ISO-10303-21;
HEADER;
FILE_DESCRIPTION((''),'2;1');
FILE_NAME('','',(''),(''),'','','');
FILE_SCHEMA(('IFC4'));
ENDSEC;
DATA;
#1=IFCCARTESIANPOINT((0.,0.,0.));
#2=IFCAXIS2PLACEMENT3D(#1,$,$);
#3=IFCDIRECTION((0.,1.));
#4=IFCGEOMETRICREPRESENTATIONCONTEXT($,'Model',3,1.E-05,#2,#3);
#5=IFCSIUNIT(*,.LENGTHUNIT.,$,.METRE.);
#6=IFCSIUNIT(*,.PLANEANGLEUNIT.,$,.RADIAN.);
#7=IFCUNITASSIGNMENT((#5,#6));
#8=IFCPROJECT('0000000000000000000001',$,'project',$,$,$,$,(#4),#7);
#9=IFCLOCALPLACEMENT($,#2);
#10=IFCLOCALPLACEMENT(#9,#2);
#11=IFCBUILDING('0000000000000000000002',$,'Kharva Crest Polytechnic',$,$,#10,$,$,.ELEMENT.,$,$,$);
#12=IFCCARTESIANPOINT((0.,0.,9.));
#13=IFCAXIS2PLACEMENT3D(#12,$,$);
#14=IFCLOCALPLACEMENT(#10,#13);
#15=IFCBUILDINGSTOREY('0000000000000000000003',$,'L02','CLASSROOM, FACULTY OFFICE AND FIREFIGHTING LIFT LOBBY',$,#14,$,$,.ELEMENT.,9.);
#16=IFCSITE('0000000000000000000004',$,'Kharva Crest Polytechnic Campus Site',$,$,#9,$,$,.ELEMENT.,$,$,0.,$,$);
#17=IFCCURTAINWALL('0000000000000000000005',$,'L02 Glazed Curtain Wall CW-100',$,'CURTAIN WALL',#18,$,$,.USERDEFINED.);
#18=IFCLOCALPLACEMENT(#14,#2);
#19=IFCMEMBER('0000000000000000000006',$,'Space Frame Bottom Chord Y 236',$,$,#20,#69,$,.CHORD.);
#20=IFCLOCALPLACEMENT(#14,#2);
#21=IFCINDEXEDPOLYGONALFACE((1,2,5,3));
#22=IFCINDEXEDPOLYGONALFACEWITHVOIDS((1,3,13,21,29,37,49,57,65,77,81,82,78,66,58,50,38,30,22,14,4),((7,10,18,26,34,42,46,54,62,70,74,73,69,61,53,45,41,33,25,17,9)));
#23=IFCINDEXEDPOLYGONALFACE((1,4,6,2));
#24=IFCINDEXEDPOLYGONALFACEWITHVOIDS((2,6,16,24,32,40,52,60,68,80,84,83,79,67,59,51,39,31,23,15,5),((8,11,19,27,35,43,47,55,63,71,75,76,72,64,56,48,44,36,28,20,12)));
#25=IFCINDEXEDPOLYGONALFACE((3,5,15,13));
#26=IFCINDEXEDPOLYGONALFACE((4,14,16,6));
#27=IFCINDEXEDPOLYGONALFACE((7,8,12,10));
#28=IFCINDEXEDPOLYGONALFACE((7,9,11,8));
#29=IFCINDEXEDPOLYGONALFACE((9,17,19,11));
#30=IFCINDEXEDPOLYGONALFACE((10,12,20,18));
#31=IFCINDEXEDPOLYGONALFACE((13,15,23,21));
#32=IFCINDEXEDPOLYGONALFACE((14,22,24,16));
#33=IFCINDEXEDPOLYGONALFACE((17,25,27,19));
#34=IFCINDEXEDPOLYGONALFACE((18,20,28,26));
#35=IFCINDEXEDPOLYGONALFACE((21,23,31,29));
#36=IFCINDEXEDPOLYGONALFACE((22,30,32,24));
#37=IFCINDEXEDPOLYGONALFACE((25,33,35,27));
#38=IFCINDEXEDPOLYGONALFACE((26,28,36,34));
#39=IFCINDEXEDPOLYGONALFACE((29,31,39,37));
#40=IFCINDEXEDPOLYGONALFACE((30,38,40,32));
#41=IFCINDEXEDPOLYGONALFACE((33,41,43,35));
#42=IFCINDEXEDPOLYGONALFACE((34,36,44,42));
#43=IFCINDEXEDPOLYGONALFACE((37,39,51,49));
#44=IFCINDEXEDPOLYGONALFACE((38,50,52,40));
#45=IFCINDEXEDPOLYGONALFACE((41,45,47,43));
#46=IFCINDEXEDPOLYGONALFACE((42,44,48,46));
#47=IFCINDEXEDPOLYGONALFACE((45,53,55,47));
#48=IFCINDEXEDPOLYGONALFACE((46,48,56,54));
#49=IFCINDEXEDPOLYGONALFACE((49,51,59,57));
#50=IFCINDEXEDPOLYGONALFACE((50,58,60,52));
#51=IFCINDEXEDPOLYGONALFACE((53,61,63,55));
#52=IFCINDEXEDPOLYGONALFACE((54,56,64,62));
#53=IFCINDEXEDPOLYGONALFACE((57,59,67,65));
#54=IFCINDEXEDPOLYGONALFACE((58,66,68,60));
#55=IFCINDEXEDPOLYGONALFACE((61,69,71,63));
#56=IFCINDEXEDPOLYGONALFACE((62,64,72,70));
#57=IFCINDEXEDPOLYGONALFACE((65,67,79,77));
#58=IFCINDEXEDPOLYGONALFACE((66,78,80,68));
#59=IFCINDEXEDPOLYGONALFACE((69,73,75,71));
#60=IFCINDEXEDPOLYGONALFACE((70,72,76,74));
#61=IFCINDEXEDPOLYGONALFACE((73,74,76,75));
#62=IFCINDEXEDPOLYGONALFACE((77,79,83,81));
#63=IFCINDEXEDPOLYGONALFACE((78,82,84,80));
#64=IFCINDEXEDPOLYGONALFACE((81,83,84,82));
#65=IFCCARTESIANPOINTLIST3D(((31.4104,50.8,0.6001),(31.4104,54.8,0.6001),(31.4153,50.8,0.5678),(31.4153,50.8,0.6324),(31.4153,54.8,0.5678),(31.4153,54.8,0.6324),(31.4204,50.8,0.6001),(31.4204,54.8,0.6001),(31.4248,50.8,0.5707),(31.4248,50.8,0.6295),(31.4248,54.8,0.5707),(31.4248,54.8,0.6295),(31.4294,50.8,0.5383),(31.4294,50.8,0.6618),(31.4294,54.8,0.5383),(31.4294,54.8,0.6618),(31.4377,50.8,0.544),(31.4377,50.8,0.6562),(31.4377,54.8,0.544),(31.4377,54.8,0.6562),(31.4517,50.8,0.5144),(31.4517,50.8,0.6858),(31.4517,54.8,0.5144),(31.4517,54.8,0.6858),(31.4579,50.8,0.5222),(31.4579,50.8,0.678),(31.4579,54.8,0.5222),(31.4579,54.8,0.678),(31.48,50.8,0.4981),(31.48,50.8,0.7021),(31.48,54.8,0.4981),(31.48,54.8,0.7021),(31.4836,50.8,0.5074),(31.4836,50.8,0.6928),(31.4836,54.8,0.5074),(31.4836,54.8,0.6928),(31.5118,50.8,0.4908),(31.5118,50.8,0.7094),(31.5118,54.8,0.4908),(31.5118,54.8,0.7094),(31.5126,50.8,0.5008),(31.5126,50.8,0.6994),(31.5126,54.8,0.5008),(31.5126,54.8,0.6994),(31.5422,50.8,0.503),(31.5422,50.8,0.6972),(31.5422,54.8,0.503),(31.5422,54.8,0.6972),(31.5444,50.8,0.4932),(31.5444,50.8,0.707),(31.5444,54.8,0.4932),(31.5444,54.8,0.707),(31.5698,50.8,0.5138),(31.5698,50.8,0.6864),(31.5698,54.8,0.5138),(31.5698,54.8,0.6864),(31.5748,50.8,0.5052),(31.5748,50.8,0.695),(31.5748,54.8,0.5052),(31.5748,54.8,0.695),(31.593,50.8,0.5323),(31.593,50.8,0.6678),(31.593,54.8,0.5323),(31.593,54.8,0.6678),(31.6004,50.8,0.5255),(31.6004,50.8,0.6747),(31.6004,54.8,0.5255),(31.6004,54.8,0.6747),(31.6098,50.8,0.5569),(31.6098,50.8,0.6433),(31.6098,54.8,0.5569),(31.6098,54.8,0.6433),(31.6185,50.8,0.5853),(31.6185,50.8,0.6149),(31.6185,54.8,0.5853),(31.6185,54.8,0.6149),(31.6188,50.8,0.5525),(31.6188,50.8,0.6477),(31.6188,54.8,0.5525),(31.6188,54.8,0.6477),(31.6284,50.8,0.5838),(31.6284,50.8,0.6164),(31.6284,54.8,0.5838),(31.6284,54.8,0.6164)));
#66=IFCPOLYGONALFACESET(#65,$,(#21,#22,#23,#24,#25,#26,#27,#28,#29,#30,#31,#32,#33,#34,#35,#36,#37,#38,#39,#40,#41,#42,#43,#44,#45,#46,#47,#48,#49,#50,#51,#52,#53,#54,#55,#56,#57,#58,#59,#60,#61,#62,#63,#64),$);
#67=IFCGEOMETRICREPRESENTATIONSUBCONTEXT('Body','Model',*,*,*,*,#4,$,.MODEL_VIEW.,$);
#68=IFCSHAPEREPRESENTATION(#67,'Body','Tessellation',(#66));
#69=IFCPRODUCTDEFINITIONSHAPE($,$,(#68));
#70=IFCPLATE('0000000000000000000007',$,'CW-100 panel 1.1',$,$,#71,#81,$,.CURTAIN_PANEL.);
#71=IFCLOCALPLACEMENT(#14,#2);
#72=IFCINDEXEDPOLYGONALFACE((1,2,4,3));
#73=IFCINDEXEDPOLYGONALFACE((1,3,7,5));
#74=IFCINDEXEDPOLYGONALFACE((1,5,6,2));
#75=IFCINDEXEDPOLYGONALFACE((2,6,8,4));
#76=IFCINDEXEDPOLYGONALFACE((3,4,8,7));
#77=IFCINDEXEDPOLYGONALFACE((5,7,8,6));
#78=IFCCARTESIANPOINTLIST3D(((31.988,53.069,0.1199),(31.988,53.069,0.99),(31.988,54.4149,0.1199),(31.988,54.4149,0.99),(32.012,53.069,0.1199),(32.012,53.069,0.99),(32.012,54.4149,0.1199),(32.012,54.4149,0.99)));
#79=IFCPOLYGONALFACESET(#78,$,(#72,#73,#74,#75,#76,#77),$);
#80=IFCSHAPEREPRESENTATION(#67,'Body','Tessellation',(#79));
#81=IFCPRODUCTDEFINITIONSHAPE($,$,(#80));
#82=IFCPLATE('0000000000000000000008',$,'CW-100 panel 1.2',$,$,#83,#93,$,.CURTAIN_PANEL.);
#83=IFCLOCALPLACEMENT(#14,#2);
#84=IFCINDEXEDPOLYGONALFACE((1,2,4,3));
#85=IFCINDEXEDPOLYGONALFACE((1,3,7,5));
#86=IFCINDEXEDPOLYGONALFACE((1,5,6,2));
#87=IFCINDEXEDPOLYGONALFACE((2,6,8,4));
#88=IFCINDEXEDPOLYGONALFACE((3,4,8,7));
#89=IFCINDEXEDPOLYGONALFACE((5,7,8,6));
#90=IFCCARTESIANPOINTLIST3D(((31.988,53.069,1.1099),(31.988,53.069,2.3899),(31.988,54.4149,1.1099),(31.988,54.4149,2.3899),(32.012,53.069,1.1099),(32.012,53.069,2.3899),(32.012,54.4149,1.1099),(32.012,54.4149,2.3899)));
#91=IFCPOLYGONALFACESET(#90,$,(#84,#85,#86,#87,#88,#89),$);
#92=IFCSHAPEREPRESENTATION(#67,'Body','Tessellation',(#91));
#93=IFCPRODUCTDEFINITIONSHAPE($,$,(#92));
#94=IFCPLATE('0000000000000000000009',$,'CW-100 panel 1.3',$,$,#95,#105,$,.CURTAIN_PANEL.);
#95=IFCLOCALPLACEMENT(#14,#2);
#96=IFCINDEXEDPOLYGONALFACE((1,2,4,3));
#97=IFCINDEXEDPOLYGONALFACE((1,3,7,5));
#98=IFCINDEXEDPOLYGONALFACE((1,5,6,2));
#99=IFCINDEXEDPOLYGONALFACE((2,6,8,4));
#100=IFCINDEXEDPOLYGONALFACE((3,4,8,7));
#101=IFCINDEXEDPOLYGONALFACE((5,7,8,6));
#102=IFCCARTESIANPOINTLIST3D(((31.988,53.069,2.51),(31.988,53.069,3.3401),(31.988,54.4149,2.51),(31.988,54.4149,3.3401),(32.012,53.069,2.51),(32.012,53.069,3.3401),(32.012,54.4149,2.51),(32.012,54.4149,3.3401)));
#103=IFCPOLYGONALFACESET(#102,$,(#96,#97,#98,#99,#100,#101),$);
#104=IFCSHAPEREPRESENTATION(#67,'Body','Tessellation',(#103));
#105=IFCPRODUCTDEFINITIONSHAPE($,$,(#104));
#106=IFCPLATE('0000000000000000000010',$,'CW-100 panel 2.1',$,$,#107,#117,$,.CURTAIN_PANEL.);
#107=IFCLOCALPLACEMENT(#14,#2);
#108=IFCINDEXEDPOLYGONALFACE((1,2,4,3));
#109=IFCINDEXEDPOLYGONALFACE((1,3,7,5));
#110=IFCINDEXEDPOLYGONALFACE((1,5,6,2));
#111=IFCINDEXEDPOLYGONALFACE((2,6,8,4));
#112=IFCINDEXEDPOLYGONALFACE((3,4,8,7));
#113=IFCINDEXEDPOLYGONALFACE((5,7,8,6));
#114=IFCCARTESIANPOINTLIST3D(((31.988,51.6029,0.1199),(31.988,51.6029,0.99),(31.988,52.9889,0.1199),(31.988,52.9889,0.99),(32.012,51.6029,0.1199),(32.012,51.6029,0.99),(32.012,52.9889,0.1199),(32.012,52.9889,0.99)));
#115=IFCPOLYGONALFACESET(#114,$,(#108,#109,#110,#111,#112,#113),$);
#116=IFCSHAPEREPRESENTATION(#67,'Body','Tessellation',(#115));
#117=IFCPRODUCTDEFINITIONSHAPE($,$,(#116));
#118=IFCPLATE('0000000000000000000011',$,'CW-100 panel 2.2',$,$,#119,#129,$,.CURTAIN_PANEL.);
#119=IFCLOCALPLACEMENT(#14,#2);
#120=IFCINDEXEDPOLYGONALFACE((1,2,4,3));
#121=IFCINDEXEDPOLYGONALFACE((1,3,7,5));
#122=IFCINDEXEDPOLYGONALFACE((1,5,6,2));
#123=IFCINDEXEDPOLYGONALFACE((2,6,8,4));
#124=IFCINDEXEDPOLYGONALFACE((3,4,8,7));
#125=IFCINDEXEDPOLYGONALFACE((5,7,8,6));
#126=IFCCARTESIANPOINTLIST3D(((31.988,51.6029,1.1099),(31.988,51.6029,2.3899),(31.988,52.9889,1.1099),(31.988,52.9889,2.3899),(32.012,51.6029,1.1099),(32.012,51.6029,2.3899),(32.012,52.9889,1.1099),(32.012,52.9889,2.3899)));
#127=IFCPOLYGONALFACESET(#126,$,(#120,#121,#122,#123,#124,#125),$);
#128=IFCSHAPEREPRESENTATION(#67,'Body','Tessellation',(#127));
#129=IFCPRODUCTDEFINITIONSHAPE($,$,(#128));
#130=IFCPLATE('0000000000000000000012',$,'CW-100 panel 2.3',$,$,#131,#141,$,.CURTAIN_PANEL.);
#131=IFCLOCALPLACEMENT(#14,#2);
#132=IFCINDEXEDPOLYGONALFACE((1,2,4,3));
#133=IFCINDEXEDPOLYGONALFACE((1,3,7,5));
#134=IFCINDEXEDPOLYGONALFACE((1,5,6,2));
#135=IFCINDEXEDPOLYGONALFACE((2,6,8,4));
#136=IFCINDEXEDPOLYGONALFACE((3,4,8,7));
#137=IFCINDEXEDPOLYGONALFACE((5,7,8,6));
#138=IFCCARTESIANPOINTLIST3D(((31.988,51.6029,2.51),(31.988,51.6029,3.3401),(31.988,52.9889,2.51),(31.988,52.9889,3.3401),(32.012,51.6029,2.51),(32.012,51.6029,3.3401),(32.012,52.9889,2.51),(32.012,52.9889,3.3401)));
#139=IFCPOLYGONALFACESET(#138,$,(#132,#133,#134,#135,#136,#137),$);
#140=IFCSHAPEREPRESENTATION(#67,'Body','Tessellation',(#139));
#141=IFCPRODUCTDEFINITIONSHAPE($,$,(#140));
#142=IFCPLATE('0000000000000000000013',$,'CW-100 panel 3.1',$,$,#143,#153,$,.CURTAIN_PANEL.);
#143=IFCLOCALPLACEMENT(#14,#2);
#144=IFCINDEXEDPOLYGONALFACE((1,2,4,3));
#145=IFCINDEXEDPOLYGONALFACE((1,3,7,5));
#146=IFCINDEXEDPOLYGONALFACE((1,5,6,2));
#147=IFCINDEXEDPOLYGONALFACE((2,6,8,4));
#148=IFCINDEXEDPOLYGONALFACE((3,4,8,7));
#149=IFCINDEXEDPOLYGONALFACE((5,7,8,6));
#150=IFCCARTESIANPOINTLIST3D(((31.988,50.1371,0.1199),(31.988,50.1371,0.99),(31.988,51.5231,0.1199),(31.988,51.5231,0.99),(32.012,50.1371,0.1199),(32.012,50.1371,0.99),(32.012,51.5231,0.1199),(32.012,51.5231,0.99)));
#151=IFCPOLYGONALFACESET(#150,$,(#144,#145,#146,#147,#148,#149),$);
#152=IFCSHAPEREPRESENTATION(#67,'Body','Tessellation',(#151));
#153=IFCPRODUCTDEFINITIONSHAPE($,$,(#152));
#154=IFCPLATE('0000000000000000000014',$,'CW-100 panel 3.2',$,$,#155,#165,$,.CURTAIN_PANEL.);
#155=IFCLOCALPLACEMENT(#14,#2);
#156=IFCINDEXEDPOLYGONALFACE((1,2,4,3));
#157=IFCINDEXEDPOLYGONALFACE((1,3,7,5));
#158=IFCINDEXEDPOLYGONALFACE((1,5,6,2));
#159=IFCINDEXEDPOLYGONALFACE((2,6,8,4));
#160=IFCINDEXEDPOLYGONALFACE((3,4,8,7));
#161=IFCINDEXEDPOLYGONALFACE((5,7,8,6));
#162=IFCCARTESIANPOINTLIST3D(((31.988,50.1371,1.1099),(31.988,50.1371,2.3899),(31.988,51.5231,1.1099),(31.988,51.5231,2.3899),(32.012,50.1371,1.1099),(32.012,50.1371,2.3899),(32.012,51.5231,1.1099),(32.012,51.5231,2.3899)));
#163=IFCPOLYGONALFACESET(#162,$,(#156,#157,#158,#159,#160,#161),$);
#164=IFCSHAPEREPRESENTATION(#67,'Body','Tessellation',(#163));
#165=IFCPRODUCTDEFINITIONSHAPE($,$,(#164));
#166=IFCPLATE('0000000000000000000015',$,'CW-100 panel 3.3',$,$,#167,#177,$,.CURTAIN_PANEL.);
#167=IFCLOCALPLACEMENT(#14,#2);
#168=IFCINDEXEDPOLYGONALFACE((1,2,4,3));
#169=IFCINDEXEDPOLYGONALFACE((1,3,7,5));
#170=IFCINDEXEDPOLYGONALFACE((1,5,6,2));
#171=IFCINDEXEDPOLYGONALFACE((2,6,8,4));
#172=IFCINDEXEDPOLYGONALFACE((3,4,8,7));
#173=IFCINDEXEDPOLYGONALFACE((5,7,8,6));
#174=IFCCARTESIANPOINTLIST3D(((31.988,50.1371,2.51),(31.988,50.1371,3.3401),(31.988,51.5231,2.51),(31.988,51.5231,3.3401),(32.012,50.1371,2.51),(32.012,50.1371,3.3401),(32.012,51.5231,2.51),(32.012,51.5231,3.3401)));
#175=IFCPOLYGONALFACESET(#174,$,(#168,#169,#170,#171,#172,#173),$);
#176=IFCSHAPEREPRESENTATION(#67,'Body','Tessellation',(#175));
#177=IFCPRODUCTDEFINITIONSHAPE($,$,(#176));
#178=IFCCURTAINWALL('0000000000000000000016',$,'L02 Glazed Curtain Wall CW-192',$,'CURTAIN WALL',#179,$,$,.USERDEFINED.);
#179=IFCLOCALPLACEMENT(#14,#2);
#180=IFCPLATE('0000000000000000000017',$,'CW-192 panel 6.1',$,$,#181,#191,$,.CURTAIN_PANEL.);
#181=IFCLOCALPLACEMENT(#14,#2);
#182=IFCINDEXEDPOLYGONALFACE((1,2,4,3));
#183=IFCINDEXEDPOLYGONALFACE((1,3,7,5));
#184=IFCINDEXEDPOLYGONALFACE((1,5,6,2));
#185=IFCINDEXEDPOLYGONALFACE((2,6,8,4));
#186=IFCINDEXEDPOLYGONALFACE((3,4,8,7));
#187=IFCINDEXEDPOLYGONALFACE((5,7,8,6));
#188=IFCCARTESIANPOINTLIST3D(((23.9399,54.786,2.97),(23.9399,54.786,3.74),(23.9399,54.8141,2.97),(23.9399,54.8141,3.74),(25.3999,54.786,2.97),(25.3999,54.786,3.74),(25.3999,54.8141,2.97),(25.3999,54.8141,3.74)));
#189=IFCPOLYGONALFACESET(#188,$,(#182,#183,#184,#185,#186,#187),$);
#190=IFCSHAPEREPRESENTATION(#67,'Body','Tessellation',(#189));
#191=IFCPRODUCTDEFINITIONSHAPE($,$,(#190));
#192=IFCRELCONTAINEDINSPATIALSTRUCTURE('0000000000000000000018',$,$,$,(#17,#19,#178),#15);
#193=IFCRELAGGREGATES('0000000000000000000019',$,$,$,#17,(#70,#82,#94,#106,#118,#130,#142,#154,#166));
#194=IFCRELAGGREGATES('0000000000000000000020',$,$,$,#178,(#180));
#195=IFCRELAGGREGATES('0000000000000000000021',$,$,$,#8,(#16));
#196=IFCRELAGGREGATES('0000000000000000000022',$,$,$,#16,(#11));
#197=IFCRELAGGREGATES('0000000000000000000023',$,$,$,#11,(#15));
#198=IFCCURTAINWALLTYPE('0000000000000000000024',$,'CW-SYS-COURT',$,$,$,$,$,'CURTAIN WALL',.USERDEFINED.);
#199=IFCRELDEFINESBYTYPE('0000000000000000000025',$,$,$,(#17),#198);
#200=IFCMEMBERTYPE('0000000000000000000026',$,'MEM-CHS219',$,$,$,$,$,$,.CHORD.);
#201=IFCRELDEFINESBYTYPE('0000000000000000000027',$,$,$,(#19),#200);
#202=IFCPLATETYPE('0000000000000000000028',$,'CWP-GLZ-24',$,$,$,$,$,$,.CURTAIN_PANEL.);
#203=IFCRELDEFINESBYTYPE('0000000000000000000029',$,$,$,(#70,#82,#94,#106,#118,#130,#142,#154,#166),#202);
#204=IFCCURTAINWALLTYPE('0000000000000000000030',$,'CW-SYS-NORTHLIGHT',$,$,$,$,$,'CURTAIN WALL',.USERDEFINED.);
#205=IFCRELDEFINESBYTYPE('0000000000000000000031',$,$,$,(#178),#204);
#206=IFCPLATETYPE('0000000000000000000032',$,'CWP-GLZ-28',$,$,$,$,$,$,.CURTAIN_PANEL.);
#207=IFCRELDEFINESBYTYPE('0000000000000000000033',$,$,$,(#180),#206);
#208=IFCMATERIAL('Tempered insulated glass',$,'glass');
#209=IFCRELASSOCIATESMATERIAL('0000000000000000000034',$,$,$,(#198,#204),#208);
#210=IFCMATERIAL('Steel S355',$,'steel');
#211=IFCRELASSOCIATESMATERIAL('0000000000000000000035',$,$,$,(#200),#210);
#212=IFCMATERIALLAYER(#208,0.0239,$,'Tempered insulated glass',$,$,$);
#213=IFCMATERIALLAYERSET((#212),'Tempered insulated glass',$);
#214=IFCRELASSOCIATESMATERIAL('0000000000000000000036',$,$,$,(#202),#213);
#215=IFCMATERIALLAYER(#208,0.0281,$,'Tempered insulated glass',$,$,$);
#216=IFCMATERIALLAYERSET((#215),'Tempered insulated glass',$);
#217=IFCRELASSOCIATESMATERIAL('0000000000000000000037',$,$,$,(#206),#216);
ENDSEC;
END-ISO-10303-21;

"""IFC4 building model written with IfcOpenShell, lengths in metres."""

from ifc_helpers import new_model, si_unit, direction, frame, origin, origin_2d, place, context, subcontext, project, spatial, rectangle, hollow_circle, extrude, material, layer, layer_set, material_profile, profile_set, type_object, element, aggregate, save


model = new_model("IFC4")

# Units and contexts
model_context = context("Model", 3, precision=1e-05, world=origin(), true_north=direction((0.0, 1.0)))
body_context = subcontext(model_context, "Body", "Model", "MODEL_VIEW")
ifc_project = project(units=[si_unit("LENGTHUNIT", "METRE"), si_unit("PLANEANGLEUNIT", "RADIAN")], contexts=[model_context])

# Site, building, storey
site_placement = place(None, origin())
site = spatial("IfcSite", under=ifc_project, at=site_placement, Name="Kharva Crest Polytechnic Campus Site", CompositionType="ELEMENT", RefElevation=0.0)
building_placement = place(site_placement, origin())
building = spatial("IfcBuilding", under=site, at=building_placement, Name="Kharva Crest Polytechnic", CompositionType="ELEMENT")
storey_placement = place(building_placement, frame((0.0, 0.0, 9.0)))
storey = spatial("IfcBuildingStorey", under=building, at=storey_placement, Name="L02", Description="CLASSROOM, FACULTY OFFICE AND FIREFIGHTING LIFT LOBBY", CompositionType="ELEMENT", Elevation=9.0)

# Shared definitions
ifc_material_1 = material(Name="Steel S355", Category="steel")

# Curtain wall
ifc_material_2 = material(Name="Tempered insulated glass", Category="glass")
curtain_wall_type_1 = type_object("IfcCurtainWallType", Name="CW-SYS-COURT", ElementType="CURTAIN WALL", PredefinedType="USERDEFINED", material=ifc_material_2)
curtain_wall_1_placement = place(storey_placement, origin())
curtain_wall_1 = element("IfcCurtainWall", 1, at=curtain_wall_1_placement, inside=storey, type_object=curtain_wall_type_1, Name="L02 Glazed Curtain Wall CW-100", ObjectType="CURTAIN WALL", PredefinedType="USERDEFINED")

# Member
ifc_material_profile_1 = material_profile(ifc_material_1, hollow_circle(Radius=0.1096, WallThickness=0.01, at=origin_2d()), Name="CHS 219.1X10.0")
ifc_profile_set_1 = profile_set([ifc_material_profile_1], Name="Steel S355")
member_type_1 = type_object("IfcMemberType", Name="MEM-CHS219", PredefinedType="CHORD", material=ifc_profile_set_1)
member_1_placement = place(storey_placement, frame((31.52, 50.8, 0.6001), z_axis=(0.0, 1.0, 0.0), x_axis=(-1.0, 0.0, 0.0)))
element("IfcMember", 2, at=member_1_placement, inside=storey, type_object=member_type_1, Name="Space Frame Bottom Chord Y 236", PredefinedType="CHORD", context=body_context, shape_type="SweptSolid", body=[
    extrude(hollow_circle(Radius=0.1096, WallThickness=0.01, at=origin_2d()), origin(), (0.0, 0.0, 1.0), 4.0),
])

# Plates
ifc_layer_1 = layer(ifc_material_2, 0.0239, Name="Tempered insulated glass")
ifc_layer_set_1 = layer_set([ifc_layer_1], Name="Tempered insulated glass")
plate_type_1 = type_object("IfcPlateType", Name="CWP-GLZ-24", PredefinedType="CURTAIN_PANEL", material=ifc_layer_set_1)
plate_1_placement = place(storey_placement, frame((32.0, 53.7419, 0.1199), z_axis=(0.0, 0.0, 1.0), x_axis=(0.0, -1.0, 0.0)))
plate_1 = element("IfcPlate", 3, at=plate_1_placement, type_object=plate_type_1, Name="CW-100 panel 1.1", PredefinedType="CURTAIN_PANEL", context=body_context, shape_type="SweptSolid", body=[
    extrude(rectangle(XDim=1.3459, YDim=0.0239, at=origin_2d()), origin(), (0.0, 0.0, 1.0), 0.8701),
])
plate_2_placement = place(storey_placement, frame((32.0, 53.7419, 1.1099), z_axis=(0.0, 0.0, 1.0), x_axis=(0.0, -1.0, 0.0)))
plate_2 = element("IfcPlate", 4, at=plate_2_placement, type_object=plate_type_1, Name="CW-100 panel 1.2", PredefinedType="CURTAIN_PANEL", context=body_context, shape_type="SweptSolid", body=[
    extrude(rectangle(XDim=1.3459, YDim=0.0239, at=origin_2d()), origin(), (0.0, 0.0, 1.0), 1.28),
])
plate_3_placement = place(storey_placement, frame((32.0, 53.7419, 2.51), z_axis=(0.0, 0.0, 1.0), x_axis=(0.0, -1.0, 0.0)))
plate_3 = element("IfcPlate", 5, at=plate_3_placement, type_object=plate_type_1, Name="CW-100 panel 1.3", PredefinedType="CURTAIN_PANEL", context=body_context, shape_type="SweptSolid", body=[
    extrude(rectangle(XDim=1.3459, YDim=0.0239, at=origin_2d()), origin(), (0.0, 0.0, 1.0), 0.8301),
])
plate_4_placement = place(storey_placement, frame((32.0, 52.2959, 0.1199), z_axis=(0.0, 0.0, 1.0), x_axis=(0.0, -1.0, 0.0)))
plate_4 = element("IfcPlate", 6, at=plate_4_placement, type_object=plate_type_1, Name="CW-100 panel 2.1", PredefinedType="CURTAIN_PANEL", context=body_context, shape_type="SweptSolid", body=[
    extrude(rectangle(XDim=1.386, YDim=0.0239, at=origin_2d()), origin(), (0.0, 0.0, 1.0), 0.8701),
])
plate_5_placement = place(storey_placement, frame((32.0, 52.2959, 1.1099), z_axis=(0.0, 0.0, 1.0), x_axis=(0.0, -1.0, 0.0)))
plate_5 = element("IfcPlate", 7, at=plate_5_placement, type_object=plate_type_1, Name="CW-100 panel 2.2", PredefinedType="CURTAIN_PANEL", context=body_context, shape_type="SweptSolid", body=[
    extrude(rectangle(XDim=1.386, YDim=0.0239, at=origin_2d()), origin(), (0.0, 0.0, 1.0), 1.28),
])
plate_6_placement = place(storey_placement, frame((32.0, 52.2959, 2.51), z_axis=(0.0, 0.0, 1.0), x_axis=(0.0, -1.0, 0.0)))
plate_6 = element("IfcPlate", 8, at=plate_6_placement, type_object=plate_type_1, Name="CW-100 panel 2.3", PredefinedType="CURTAIN_PANEL", context=body_context, shape_type="SweptSolid", body=[
    extrude(rectangle(XDim=1.386, YDim=0.0239, at=origin_2d()), origin(), (0.0, 0.0, 1.0), 0.8301),
])
plate_7_placement = place(storey_placement, frame((32.0, 50.8301, 0.1199), z_axis=(0.0, 0.0, 1.0), x_axis=(0.0, -1.0, 0.0)))
plate_7 = element("IfcPlate", 9, at=plate_7_placement, type_object=plate_type_1, Name="CW-100 panel 3.1", PredefinedType="CURTAIN_PANEL", context=body_context, shape_type="SweptSolid", body=[
    extrude(rectangle(XDim=1.386, YDim=0.0239, at=origin_2d()), origin(), (0.0, 0.0, 1.0), 0.8701),
])
plate_8_placement = place(storey_placement, frame((32.0, 50.8301, 1.1099), z_axis=(0.0, 0.0, 1.0), x_axis=(0.0, -1.0, 0.0)))
plate_8 = element("IfcPlate", 10, at=plate_8_placement, type_object=plate_type_1, Name="CW-100 panel 3.2", PredefinedType="CURTAIN_PANEL", context=body_context, shape_type="SweptSolid", body=[
    extrude(rectangle(XDim=1.386, YDim=0.0239, at=origin_2d()), origin(), (0.0, 0.0, 1.0), 1.28),
])
plate_9_placement = place(storey_placement, frame((32.0, 50.8301, 2.51), z_axis=(0.0, 0.0, 1.0), x_axis=(0.0, -1.0, 0.0)))
plate_9 = element("IfcPlate", 11, at=plate_9_placement, type_object=plate_type_1, Name="CW-100 panel 3.3", PredefinedType="CURTAIN_PANEL", context=body_context, shape_type="SweptSolid", body=[
    extrude(rectangle(XDim=1.386, YDim=0.0239, at=origin_2d()), origin(), (0.0, 0.0, 1.0), 0.8301),
])
aggregate(curtain_wall_1, [plate_1, plate_2, plate_3, plate_4, plate_5, plate_6, plate_7, plate_8, plate_9])

# Curtain wall, plate
curtain_wall_type_2 = type_object("IfcCurtainWallType", Name="CW-SYS-NORTHLIGHT", ElementType="CURTAIN WALL", PredefinedType="USERDEFINED", material=ifc_material_2)
curtain_wall_2_placement = place(storey_placement, origin())
curtain_wall_2 = element("IfcCurtainWall", 12, at=curtain_wall_2_placement, inside=storey, type_object=curtain_wall_type_2, Name="L02 Glazed Curtain Wall CW-192", ObjectType="CURTAIN WALL", PredefinedType="USERDEFINED")
ifc_layer_2 = layer(ifc_material_2, 0.0281, Name="Tempered insulated glass")
ifc_layer_set_2 = layer_set([ifc_layer_2], Name="Tempered insulated glass")
plate_type_2 = type_object("IfcPlateType", Name="CWP-GLZ-28", PredefinedType="CURTAIN_PANEL", material=ifc_layer_set_2)
plate_10_placement = place(storey_placement, frame((24.6699, 54.8, 2.97), z_axis=(0.0, 0.0, 1.0), x_axis=(1.0, 0.0, 0.0)))
plate_10 = element("IfcPlate", 13, at=plate_10_placement, type_object=plate_type_2, Name="CW-192 panel 6.1", PredefinedType="CURTAIN_PANEL", context=body_context, shape_type="SweptSolid", body=[
    extrude(rectangle(XDim=1.46, YDim=0.0281, at=origin_2d()), origin(), (0.0, 0.0, 1.0), 0.77),
])
aggregate(curtain_wall_2, [plate_10])

save(model, "model.ifc")
